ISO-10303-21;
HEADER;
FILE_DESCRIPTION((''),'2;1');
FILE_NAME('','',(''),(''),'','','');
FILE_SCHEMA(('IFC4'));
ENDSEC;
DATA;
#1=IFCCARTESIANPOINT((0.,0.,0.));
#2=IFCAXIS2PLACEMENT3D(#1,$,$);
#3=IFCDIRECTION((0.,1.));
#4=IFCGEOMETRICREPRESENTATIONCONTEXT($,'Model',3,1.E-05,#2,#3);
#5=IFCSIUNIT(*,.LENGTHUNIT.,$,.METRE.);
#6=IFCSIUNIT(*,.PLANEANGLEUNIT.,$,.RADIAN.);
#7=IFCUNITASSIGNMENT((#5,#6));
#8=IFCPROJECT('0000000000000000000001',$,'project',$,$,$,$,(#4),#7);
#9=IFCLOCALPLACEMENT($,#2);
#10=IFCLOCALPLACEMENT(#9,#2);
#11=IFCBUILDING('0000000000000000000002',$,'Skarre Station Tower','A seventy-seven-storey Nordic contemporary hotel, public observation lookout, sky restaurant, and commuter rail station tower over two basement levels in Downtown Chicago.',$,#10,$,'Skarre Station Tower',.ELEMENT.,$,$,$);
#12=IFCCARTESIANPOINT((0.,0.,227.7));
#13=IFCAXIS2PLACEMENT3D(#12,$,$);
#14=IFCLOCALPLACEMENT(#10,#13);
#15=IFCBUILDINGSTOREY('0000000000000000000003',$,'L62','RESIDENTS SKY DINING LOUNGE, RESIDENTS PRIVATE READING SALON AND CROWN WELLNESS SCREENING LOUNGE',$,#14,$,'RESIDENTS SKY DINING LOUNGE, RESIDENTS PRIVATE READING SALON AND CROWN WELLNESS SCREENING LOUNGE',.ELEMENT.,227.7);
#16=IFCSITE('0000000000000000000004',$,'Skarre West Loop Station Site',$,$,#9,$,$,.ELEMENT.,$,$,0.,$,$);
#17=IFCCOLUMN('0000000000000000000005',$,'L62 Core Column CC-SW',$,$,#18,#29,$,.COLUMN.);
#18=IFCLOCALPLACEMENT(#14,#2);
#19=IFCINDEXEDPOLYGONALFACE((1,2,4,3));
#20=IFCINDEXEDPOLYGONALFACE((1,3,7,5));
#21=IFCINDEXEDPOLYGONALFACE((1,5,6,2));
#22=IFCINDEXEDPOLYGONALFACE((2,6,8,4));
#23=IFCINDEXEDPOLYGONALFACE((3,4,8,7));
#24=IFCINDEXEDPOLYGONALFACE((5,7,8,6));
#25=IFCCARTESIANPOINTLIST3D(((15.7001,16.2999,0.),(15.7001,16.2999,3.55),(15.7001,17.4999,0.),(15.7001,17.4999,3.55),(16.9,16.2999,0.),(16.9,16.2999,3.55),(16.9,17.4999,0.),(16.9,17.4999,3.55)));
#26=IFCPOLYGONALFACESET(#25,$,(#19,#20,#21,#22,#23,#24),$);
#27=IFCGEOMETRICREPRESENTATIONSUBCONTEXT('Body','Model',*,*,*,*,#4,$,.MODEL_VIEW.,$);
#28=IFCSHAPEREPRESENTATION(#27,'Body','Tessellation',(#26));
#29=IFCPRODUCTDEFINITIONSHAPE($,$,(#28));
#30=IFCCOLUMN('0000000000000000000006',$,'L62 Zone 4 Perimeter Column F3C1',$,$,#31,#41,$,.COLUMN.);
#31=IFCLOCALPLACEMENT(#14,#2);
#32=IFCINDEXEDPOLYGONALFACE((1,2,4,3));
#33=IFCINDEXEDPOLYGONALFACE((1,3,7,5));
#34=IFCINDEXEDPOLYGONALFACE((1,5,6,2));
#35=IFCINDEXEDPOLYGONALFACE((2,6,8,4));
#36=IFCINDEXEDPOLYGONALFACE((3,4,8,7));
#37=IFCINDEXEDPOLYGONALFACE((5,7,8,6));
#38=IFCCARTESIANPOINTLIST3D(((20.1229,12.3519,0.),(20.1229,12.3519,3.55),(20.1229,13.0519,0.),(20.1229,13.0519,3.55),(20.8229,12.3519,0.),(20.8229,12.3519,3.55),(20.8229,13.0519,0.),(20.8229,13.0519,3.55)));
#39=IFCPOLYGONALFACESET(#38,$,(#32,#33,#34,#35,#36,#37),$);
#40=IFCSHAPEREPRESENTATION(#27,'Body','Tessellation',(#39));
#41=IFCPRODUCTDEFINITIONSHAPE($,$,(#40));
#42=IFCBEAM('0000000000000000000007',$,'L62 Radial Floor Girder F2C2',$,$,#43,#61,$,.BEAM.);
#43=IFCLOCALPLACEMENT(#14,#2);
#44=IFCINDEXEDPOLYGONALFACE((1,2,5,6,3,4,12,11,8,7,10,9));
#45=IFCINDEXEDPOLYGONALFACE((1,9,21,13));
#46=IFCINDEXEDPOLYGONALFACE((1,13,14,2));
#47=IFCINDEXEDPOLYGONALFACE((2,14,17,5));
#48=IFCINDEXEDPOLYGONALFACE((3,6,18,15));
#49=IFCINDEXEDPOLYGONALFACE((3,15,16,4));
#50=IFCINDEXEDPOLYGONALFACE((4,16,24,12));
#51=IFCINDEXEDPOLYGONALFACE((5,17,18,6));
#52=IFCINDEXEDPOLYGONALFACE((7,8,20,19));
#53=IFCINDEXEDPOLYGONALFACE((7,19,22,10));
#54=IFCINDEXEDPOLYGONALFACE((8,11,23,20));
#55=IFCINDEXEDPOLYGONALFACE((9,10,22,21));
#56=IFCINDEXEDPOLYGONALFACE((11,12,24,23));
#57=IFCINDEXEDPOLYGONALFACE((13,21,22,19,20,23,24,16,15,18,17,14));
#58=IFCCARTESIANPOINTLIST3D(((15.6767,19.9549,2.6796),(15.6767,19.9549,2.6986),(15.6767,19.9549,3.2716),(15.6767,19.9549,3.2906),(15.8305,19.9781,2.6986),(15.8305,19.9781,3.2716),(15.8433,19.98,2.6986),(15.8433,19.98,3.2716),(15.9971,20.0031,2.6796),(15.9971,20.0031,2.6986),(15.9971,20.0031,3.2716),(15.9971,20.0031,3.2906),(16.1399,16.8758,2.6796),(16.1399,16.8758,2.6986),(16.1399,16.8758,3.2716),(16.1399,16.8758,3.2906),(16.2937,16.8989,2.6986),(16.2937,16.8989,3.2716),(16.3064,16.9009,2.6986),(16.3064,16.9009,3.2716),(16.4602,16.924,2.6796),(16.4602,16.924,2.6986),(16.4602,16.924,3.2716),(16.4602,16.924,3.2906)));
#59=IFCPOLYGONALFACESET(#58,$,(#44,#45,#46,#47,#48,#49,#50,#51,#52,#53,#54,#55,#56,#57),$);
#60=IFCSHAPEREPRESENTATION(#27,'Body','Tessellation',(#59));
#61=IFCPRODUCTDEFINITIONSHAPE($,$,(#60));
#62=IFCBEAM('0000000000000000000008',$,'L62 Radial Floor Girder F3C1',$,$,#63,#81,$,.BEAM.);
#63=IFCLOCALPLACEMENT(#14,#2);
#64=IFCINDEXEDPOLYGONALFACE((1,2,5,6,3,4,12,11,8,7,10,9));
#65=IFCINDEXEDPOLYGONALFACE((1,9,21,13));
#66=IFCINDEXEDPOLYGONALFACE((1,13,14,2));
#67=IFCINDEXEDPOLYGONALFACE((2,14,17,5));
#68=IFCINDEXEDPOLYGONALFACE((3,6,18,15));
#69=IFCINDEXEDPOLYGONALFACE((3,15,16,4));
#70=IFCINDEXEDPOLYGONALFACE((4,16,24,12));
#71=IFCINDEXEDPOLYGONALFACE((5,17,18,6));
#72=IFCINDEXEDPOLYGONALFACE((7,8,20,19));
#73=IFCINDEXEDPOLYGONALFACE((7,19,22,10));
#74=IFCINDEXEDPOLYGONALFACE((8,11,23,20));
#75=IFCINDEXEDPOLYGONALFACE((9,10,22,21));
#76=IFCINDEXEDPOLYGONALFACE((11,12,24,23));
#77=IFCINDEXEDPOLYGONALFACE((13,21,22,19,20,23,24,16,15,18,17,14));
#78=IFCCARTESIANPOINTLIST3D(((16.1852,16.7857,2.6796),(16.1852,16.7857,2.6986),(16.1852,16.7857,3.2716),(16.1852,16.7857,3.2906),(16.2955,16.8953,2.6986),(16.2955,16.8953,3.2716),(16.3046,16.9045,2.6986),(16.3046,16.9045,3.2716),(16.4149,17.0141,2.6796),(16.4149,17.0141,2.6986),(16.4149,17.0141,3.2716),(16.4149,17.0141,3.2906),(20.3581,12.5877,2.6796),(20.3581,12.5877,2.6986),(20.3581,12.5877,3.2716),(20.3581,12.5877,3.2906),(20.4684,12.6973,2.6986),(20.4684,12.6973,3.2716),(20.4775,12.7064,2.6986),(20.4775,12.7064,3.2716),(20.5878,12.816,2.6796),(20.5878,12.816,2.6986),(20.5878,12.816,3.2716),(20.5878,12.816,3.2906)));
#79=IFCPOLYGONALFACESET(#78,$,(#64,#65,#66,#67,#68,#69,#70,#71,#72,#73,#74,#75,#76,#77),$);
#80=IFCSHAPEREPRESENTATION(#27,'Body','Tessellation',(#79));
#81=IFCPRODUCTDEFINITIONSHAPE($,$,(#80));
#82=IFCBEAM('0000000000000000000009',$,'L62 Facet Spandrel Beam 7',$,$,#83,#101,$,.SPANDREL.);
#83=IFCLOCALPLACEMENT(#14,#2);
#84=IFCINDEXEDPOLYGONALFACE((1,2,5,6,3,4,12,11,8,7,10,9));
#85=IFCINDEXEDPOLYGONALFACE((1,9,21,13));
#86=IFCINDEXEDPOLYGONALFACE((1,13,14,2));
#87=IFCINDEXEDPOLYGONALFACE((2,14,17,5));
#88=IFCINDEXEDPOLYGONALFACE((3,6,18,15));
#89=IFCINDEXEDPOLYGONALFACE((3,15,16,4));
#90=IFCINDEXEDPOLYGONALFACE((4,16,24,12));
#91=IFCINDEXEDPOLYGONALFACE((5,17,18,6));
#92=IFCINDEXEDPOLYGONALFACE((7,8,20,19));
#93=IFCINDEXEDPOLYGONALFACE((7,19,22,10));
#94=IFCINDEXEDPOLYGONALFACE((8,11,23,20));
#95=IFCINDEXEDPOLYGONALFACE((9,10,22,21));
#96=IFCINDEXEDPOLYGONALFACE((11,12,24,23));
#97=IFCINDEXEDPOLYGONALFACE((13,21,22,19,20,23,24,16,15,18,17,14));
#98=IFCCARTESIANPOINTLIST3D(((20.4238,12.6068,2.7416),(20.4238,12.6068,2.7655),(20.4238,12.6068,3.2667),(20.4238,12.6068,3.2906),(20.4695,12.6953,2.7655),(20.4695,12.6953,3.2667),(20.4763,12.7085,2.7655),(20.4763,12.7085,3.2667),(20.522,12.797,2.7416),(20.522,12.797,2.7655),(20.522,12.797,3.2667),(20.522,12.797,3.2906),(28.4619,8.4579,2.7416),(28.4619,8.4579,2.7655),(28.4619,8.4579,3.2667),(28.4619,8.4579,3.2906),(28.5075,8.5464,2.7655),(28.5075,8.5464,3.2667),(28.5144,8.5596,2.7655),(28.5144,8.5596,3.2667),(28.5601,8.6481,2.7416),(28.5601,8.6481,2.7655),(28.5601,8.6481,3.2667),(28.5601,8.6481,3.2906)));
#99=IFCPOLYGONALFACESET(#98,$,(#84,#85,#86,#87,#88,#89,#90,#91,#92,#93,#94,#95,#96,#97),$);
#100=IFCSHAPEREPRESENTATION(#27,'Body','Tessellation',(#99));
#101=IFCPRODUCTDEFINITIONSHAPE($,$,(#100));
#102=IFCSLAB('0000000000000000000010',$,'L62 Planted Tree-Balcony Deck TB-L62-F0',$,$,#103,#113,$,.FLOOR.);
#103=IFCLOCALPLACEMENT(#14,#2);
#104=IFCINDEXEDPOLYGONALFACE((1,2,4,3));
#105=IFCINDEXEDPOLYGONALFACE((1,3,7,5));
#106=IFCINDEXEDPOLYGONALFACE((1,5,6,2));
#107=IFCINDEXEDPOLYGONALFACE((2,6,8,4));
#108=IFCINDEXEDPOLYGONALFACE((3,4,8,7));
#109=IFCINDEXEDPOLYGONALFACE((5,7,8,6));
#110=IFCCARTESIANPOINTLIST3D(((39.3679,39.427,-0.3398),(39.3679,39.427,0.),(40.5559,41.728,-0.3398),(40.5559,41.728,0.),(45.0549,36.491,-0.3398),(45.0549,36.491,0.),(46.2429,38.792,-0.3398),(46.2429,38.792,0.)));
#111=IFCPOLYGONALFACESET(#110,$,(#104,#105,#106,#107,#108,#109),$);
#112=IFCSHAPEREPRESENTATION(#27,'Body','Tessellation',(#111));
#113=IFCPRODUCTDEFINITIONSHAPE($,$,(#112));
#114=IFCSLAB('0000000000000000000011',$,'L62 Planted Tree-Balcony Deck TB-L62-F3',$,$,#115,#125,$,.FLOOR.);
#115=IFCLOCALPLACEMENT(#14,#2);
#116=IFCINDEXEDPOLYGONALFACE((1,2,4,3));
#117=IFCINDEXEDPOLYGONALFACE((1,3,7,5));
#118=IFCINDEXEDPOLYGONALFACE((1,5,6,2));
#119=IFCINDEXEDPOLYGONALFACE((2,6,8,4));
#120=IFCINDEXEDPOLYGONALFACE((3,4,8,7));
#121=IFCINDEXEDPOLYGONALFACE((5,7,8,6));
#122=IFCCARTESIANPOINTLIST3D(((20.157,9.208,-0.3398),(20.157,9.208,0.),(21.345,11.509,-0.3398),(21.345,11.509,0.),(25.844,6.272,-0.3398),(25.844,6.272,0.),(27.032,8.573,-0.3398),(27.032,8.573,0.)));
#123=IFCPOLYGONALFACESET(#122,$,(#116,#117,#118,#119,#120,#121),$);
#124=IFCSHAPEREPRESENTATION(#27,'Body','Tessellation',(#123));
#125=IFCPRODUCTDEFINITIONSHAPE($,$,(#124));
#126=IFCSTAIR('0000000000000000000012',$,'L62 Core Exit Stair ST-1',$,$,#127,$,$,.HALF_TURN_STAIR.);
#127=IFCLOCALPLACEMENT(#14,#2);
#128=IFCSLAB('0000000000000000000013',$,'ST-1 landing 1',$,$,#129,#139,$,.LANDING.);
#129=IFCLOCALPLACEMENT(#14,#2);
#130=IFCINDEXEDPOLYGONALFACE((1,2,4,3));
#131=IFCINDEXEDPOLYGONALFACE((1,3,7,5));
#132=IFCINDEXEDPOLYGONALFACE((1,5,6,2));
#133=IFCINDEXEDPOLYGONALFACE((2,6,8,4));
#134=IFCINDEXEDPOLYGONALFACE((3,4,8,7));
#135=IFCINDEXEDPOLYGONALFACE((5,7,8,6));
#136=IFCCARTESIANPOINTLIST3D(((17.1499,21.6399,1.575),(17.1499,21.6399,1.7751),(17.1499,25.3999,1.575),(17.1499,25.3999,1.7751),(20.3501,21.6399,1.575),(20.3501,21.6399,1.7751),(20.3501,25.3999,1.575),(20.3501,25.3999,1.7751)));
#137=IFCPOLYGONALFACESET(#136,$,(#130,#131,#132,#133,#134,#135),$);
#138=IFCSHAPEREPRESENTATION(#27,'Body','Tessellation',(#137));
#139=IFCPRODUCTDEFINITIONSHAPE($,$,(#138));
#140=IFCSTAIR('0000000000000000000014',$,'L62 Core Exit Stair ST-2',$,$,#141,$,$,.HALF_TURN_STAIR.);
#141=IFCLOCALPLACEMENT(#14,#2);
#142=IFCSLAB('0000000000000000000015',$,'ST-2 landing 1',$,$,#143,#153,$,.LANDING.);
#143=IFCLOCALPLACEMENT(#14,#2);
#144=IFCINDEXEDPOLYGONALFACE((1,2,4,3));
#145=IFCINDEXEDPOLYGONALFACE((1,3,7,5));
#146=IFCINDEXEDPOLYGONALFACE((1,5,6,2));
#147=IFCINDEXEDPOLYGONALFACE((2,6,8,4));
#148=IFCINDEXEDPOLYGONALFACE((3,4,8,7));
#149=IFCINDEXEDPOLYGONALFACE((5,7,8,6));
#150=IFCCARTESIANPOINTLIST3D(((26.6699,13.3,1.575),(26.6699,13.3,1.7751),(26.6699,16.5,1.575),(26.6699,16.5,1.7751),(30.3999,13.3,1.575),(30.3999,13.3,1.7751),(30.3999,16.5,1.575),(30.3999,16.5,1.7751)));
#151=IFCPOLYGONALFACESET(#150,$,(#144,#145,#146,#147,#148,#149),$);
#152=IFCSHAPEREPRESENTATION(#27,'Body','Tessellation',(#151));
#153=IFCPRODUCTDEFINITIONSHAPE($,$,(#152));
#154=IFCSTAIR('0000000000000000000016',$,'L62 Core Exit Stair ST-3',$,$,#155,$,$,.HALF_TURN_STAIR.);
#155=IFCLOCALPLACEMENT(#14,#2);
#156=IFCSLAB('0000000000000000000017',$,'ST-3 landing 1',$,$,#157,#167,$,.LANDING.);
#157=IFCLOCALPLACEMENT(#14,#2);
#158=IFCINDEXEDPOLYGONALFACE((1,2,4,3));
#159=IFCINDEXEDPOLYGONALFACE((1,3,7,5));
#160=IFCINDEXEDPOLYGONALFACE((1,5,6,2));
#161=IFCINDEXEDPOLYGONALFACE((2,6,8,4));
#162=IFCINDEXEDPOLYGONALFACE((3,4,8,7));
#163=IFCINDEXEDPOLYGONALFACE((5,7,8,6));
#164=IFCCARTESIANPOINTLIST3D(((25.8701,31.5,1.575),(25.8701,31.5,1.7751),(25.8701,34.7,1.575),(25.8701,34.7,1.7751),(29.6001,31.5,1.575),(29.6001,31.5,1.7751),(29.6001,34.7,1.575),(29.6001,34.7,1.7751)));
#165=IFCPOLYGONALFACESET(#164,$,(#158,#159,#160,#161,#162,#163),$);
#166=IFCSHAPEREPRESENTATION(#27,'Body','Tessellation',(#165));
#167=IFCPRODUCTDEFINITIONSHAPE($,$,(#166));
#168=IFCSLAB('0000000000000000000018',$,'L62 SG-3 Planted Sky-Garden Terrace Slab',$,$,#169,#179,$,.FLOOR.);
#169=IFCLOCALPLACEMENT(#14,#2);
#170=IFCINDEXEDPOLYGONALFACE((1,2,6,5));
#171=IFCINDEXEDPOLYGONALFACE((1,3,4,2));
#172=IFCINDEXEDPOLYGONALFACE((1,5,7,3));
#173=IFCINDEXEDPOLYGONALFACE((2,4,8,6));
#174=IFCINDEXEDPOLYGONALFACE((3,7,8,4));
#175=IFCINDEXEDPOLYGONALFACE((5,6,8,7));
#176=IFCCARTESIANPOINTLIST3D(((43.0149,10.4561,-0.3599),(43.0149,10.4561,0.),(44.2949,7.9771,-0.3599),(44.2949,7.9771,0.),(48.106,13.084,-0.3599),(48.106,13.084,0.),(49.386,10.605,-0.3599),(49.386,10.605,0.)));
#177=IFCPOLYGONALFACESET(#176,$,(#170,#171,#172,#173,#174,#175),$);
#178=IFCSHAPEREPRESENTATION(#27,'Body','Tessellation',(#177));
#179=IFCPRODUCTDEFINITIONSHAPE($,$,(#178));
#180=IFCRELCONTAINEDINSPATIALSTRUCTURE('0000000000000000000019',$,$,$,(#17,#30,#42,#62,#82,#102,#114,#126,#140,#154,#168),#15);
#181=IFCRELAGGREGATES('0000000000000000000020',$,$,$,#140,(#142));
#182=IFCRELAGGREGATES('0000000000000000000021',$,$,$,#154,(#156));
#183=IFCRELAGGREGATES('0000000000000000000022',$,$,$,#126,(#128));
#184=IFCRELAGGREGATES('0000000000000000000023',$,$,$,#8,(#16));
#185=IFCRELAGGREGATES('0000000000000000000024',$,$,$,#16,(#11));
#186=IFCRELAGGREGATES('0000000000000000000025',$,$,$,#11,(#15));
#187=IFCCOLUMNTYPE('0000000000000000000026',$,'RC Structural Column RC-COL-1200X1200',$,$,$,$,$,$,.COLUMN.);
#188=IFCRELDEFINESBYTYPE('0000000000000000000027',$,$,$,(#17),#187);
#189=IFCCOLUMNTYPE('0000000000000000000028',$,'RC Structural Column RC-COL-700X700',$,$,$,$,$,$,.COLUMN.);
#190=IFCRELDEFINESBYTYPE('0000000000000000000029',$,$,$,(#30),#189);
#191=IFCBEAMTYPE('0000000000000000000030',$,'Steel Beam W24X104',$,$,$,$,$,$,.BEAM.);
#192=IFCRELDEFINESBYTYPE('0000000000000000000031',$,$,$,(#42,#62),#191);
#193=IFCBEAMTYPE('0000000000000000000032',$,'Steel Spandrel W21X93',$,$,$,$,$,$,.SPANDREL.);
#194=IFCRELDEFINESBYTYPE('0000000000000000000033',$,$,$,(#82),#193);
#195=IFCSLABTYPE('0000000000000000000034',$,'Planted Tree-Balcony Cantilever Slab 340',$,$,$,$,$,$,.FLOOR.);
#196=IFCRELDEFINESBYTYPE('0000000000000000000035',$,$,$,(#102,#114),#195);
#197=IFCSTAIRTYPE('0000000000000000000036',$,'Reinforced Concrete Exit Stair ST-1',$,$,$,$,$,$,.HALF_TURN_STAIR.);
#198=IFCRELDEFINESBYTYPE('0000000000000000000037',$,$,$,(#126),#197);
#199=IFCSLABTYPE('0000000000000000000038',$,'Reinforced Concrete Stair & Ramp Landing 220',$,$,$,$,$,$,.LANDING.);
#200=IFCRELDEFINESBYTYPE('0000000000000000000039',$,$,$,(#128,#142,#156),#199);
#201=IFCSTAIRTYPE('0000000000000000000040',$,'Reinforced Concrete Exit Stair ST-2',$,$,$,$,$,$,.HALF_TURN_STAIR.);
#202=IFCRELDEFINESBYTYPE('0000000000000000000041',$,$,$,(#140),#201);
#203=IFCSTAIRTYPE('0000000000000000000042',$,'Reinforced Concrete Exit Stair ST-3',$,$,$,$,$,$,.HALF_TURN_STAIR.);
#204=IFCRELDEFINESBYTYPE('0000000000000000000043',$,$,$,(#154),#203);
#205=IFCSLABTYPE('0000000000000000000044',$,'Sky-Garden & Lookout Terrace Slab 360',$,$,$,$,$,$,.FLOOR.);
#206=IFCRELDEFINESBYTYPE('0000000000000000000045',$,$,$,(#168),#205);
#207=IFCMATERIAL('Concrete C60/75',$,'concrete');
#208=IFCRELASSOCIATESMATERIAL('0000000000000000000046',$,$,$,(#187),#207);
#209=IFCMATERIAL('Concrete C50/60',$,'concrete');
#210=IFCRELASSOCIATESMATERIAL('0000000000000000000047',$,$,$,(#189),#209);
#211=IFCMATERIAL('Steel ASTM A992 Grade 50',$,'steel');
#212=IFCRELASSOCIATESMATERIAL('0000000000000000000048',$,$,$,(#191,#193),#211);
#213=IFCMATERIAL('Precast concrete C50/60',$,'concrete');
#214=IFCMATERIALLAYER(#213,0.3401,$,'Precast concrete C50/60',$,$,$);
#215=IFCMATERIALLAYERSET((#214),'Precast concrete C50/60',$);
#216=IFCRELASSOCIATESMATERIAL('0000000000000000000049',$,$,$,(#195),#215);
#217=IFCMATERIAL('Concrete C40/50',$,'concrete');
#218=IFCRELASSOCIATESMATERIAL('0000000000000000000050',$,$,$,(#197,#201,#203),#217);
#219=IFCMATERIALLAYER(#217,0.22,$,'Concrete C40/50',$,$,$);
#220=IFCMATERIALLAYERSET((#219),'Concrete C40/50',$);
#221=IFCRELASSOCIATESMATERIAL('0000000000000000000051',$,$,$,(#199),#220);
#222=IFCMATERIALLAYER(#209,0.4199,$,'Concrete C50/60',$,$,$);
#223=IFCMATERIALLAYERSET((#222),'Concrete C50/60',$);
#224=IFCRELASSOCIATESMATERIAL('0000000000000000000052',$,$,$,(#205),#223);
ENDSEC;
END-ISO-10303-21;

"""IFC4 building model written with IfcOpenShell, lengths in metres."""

from ifc_helpers import new_model, si_unit, direction, frame, origin, origin_2d, place, context, subcontext, project, spatial, polyline, rectangle, i_section, outline, extrude, material, layer, layer_set, material_profile, profile_set, type_object, element, aggregate, save


model = new_model("IFC4")

# Units and contexts
model_context = context("Model", 3, precision=1e-05, world=origin(), true_north=direction((0.0, 1.0)))
body_context = subcontext(model_context, "Body", "Model", "MODEL_VIEW")
ifc_project = project(units=[si_unit("LENGTHUNIT", "METRE"), si_unit("PLANEANGLEUNIT", "RADIAN")], contexts=[model_context])

# Site, building, storey
site_placement = place(None, origin())
site = spatial("IfcSite", under=ifc_project, at=site_placement, Name="Skarre West Loop Station Site", CompositionType="ELEMENT", RefElevation=0.0)
building_placement = place(site_placement, origin())
building = spatial("IfcBuilding", under=site, at=building_placement, Name="Skarre Station Tower", Description="A seventy-seven-storey Nordic contemporary hotel, public observation lookout, sky restaurant, and commuter rail station tower over two basement levels in Downtown Chicago.", LongName="Skarre Station Tower", CompositionType="ELEMENT")
storey_placement = place(building_placement, frame((0.0, 0.0, 227.7)))
storey = spatial("IfcBuildingStorey", under=building, at=storey_placement, Name="L62", Description="RESIDENTS SKY DINING LOUNGE, RESIDENTS PRIVATE READING SALON AND CROWN WELLNESS SCREENING LOUNGE", LongName="RESIDENTS SKY DINING LOUNGE, RESIDENTS PRIVATE READING SALON AND CROWN WELLNESS SCREENING LOUNGE", CompositionType="ELEMENT", Elevation=227.7)

# Columns
ifc_material_1 = material(Name="Concrete C60/75", Category="concrete")
ifc_material_profile_1 = material_profile(ifc_material_1, rectangle(XDim=1.2, YDim=1.2, at=origin_2d()), Name="Concrete C60/75")
ifc_profile_set_1 = profile_set([ifc_material_profile_1], Name="Concrete C60/75")
column_type_1 = type_object("IfcColumnType", Name="RC Structural Column RC-COL-1200X1200", PredefinedType="COLUMN", material=ifc_profile_set_1)
column_1_placement = place(storey_placement, frame((16.3, 16.8999, 0.0), z_axis=(0.0, 0.0, 1.0), x_axis=(1.0, 0.0, 0.0)))
element("IfcColumn", 1, at=column_1_placement, inside=storey, type_object=column_type_1, Name="L62 Core Column CC-SW", PredefinedType="COLUMN", context=body_context, shape_type="SweptSolid", body=[
    extrude(rectangle(XDim=1.2, YDim=1.2, at=origin_2d()), origin(), (0.0, 0.0, 1.0), 3.55),
])
ifc_material_2 = material(Name="Concrete C50/60", Category="concrete")
ifc_material_profile_2 = material_profile(ifc_material_2, rectangle(XDim=0.7, YDim=0.7, at=origin_2d()), Name="Concrete C50/60")
ifc_profile_set_2 = profile_set([ifc_material_profile_2], Name="Concrete C50/60")
column_type_2 = type_object("IfcColumnType", Name="RC Structural Column RC-COL-700X700", PredefinedType="COLUMN", material=ifc_profile_set_2)
column_2_placement = place(storey_placement, frame((20.4729, 12.7019, 0.0), z_axis=(0.0, 0.0, 1.0), x_axis=(1.0, 0.0, 0.0)))
element("IfcColumn", 2, at=column_2_placement, inside=storey, type_object=column_type_2, Name="L62 Zone 4 Perimeter Column F3C1", PredefinedType="COLUMN", context=body_context, shape_type="SweptSolid", body=[
    extrude(rectangle(XDim=0.7, YDim=0.7, at=origin_2d()), origin(), (0.0, 0.0, 1.0), 3.55),
])

# Beams
ifc_material_3 = material(Name="Steel ASTM A992 Grade 50", Category="steel")
ifc_material_profile_3 = material_profile(ifc_material_3, i_section(OverallWidth=0.324, OverallDepth=0.6111, WebThickness=0.0129, FlangeThickness=0.019, at=origin_2d()), Name="Steel ASTM A992 Grade 50")
ifc_profile_set_3 = profile_set([ifc_material_profile_3], Name="Steel ASTM A992 Grade 50")
beam_type_1 = type_object("IfcBeamType", Name="Steel Beam W24X104", PredefinedType="BEAM", material=ifc_profile_set_3)
beam_1_placement = place(storey_placement, frame((16.3, 16.8999, 2.9851), z_axis=(-0.148739, 0.988876, 0.0), x_axis=(-0.988876, -0.148739, 0.0)))
element("IfcBeam", 3, at=beam_1_placement, inside=storey, type_object=beam_type_1, Name="L62 Radial Floor Girder F2C2", PredefinedType="BEAM", context=body_context, shape_type="SweptSolid", body=[
    extrude(i_section(OverallWidth=0.324, OverallDepth=0.6111, WebThickness=0.0129, FlangeThickness=0.019, at=origin_2d()), origin(), (0.0, 0.0, 1.0), 3.1138),
])
beam_2_placement = place(storey_placement, frame((16.3, 16.8999, 2.9851), z_axis=(0.704979, -0.709228, 0.0), x_axis=(0.709228, 0.704979, 0.0)))
element("IfcBeam", 4, at=beam_2_placement, inside=storey, type_object=beam_type_1, Name="L62 Radial Floor Girder F3C1", PredefinedType="BEAM", context=body_context, shape_type="SweptSolid", body=[
    extrude(i_section(OverallWidth=0.324, OverallDepth=0.6111, WebThickness=0.0129, FlangeThickness=0.019, at=origin_2d()), origin(), (0.0, 0.0, 1.0), 5.9192),
])
ifc_material_profile_4 = material_profile(ifc_material_3, i_section(OverallWidth=0.2141, OverallDepth=0.5491, WebThickness=0.0149, FlangeThickness=0.0239, at=origin_2d()), Name="Steel ASTM A992 Grade 50")
ifc_profile_set_4 = profile_set([ifc_material_profile_4], Name="Steel ASTM A992 Grade 50")
beam_type_2 = type_object("IfcBeamType", Name="Steel Spandrel W21X93", PredefinedType="SPANDREL", material=ifc_profile_set_4)
beam_3_placement = place(storey_placement, frame((20.4729, 12.7019, 3.0161), z_axis=(0.88861, -0.458664, 0.0), x_axis=(0.458664, 0.88861, 0.0)))
element("IfcBeam", 5, at=beam_3_placement, inside=storey, type_object=beam_type_2, Name="L62 Facet Spandrel Beam 7", PredefinedType="SPANDREL", context=body_context, shape_type="SweptSolid", body=[
    extrude(i_section(OverallWidth=0.2141, OverallDepth=0.5491, WebThickness=0.0149, FlangeThickness=0.0239, at=origin_2d()), origin(), (0.0, 0.0, 1.0), 9.0457),
])

# Slabs
ifc_material_4 = material(Name="Precast concrete C50/60", Category="concrete")
ifc_layer_1 = layer(ifc_material_4, 0.3401, Name="Precast concrete C50/60")
ifc_layer_set_1 = layer_set([ifc_layer_1], Name="Precast concrete C50/60")
slab_type_1 = type_object("IfcSlabType", Name="Planted Tree-Balcony Cantilever Slab 340", PredefinedType="FLOOR", material=ifc_layer_set_1)
slab_1_placement = place(storey_placement, frame((0.0, 0.0, -0.3398)))
element("IfcSlab", 6, at=slab_1_placement, inside=storey, type_object=slab_type_1, Name="L62 Planted Tree-Balcony Deck TB-L62-F0", PredefinedType="FLOOR", context=body_context, shape_type="SweptSolid", body=[
    extrude(outline(polyline([(45.0549, 36.491), (39.3679, 39.427), (40.5559, 41.728), (46.2429, 38.792), (45.0549, 36.491)])), origin(), (0.0, 0.0, 1.0), 0.3398),
])
slab_2_placement = place(storey_placement, frame((0.0, 0.0, -0.3398)))
element("IfcSlab", 7, at=slab_2_placement, inside=storey, type_object=slab_type_1, Name="L62 Planted Tree-Balcony Deck TB-L62-F3", PredefinedType="FLOOR", context=body_context, shape_type="SweptSolid", body=[
    extrude(outline(polyline([(21.345, 11.509), (27.032, 8.573), (25.844, 6.272), (20.157, 9.208), (21.345, 11.509)])), origin(), (0.0, 0.0, 1.0), 0.3398),
])

# Stairs, slabs
ifc_material_5 = material(Name="Concrete C40/50", Category="concrete")
stair_type_1 = type_object("IfcStairType", Name="Reinforced Concrete Exit Stair ST-1", PredefinedType="HALF_TURN_STAIR", material=ifc_material_5)
stair_1_placement = place(storey_placement, origin())
stair_1 = element("IfcStair", 8, at=stair_1_placement, inside=storey, type_object=stair_type_1, Name="L62 Core Exit Stair ST-1", PredefinedType="HALF_TURN_STAIR")
ifc_layer_2 = layer(ifc_material_5, 0.22, Name="Concrete C40/50")
ifc_layer_set_2 = layer_set([ifc_layer_2], Name="Concrete C40/50")
slab_type_2 = type_object("IfcSlabType", Name="Reinforced Concrete Stair & Ramp Landing 220", PredefinedType="LANDING", material=ifc_layer_set_2)
slab_3_placement = place(storey_placement, frame((0.0, 0.0, 1.575)))
slab_3 = element("IfcSlab", 9, at=slab_3_placement, type_object=slab_type_2, Name="ST-1 landing 1", PredefinedType="LANDING", context=body_context, shape_type="SweptSolid", body=[
    extrude(outline(polyline([(20.3501, 21.6399), (20.3501, 25.3999), (17.1499, 25.3999), (17.1499, 21.6399), (20.3501, 21.6399)])), origin(), (0.0, 0.0, 1.0), 0.2002),
])
stair_type_2 = type_object("IfcStairType", Name="Reinforced Concrete Exit Stair ST-2", PredefinedType="HALF_TURN_STAIR", material=ifc_material_5)
stair_2_placement = place(storey_placement, origin())
stair_2 = element("IfcStair", 10, at=stair_2_placement, inside=storey, type_object=stair_type_2, Name="L62 Core Exit Stair ST-2", PredefinedType="HALF_TURN_STAIR")
slab_4_placement = place(storey_placement, frame((0.0, 0.0, 1.575)))
slab_4 = element("IfcSlab", 11, at=slab_4_placement, type_object=slab_type_2, Name="ST-2 landing 1", PredefinedType="LANDING", context=body_context, shape_type="SweptSolid", body=[
    extrude(outline(polyline([(26.6699, 13.3), (30.3999, 13.3), (30.3999, 16.5), (26.6699, 16.5), (26.6699, 13.3)])), origin(), (0.0, 0.0, 1.0), 0.2002),
])
aggregate(stair_2, [slab_4])
stair_type_3 = type_object("IfcStairType", Name="Reinforced Concrete Exit Stair ST-3", PredefinedType="HALF_TURN_STAIR", material=ifc_material_5)
stair_3_placement = place(storey_placement, origin())
stair_3 = element("IfcStair", 12, at=stair_3_placement, inside=storey, type_object=stair_type_3, Name="L62 Core Exit Stair ST-3", PredefinedType="HALF_TURN_STAIR")
slab_5_placement = place(storey_placement, frame((0.0, 0.0, 1.575)))
slab_5 = element("IfcSlab", 13, at=slab_5_placement, type_object=slab_type_2, Name="ST-3 landing 1", PredefinedType="LANDING", context=body_context, shape_type="SweptSolid", body=[
    extrude(outline(polyline([(25.8701, 31.5), (29.6001, 31.5), (29.6001, 34.7), (25.8701, 34.7), (25.8701, 31.5)])), origin(), (0.0, 0.0, 1.0), 0.2002),
])
aggregate(stair_3, [slab_5])

# Slab
ifc_layer_3 = layer(ifc_material_2, 0.4199, Name="Concrete C50/60")
ifc_layer_set_3 = layer_set([ifc_layer_3], Name="Concrete C50/60")
slab_type_3 = type_object("IfcSlabType", Name="Sky-Garden & Lookout Terrace Slab 360", PredefinedType="FLOOR", material=ifc_layer_set_3)
slab_6_placement = place(storey_placement, frame((0.0, 0.0, -0.3599)))
element("IfcSlab", 14, at=slab_6_placement, inside=storey, type_object=slab_type_3, Name="L62 SG-3 Planted Sky-Garden Terrace Slab", PredefinedType="FLOOR", context=body_context, shape_type="SweptSolid", body=[
    extrude(outline(polyline([(48.106, 13.084), (43.0149, 10.4561), (44.2949, 7.9771), (49.386, 10.605), (48.106, 13.084)])), origin(), (0.0, 0.0, 1.0), 0.3599),
])

aggregate(stair_1, [slab_3])

save(model, "model.ifc")
